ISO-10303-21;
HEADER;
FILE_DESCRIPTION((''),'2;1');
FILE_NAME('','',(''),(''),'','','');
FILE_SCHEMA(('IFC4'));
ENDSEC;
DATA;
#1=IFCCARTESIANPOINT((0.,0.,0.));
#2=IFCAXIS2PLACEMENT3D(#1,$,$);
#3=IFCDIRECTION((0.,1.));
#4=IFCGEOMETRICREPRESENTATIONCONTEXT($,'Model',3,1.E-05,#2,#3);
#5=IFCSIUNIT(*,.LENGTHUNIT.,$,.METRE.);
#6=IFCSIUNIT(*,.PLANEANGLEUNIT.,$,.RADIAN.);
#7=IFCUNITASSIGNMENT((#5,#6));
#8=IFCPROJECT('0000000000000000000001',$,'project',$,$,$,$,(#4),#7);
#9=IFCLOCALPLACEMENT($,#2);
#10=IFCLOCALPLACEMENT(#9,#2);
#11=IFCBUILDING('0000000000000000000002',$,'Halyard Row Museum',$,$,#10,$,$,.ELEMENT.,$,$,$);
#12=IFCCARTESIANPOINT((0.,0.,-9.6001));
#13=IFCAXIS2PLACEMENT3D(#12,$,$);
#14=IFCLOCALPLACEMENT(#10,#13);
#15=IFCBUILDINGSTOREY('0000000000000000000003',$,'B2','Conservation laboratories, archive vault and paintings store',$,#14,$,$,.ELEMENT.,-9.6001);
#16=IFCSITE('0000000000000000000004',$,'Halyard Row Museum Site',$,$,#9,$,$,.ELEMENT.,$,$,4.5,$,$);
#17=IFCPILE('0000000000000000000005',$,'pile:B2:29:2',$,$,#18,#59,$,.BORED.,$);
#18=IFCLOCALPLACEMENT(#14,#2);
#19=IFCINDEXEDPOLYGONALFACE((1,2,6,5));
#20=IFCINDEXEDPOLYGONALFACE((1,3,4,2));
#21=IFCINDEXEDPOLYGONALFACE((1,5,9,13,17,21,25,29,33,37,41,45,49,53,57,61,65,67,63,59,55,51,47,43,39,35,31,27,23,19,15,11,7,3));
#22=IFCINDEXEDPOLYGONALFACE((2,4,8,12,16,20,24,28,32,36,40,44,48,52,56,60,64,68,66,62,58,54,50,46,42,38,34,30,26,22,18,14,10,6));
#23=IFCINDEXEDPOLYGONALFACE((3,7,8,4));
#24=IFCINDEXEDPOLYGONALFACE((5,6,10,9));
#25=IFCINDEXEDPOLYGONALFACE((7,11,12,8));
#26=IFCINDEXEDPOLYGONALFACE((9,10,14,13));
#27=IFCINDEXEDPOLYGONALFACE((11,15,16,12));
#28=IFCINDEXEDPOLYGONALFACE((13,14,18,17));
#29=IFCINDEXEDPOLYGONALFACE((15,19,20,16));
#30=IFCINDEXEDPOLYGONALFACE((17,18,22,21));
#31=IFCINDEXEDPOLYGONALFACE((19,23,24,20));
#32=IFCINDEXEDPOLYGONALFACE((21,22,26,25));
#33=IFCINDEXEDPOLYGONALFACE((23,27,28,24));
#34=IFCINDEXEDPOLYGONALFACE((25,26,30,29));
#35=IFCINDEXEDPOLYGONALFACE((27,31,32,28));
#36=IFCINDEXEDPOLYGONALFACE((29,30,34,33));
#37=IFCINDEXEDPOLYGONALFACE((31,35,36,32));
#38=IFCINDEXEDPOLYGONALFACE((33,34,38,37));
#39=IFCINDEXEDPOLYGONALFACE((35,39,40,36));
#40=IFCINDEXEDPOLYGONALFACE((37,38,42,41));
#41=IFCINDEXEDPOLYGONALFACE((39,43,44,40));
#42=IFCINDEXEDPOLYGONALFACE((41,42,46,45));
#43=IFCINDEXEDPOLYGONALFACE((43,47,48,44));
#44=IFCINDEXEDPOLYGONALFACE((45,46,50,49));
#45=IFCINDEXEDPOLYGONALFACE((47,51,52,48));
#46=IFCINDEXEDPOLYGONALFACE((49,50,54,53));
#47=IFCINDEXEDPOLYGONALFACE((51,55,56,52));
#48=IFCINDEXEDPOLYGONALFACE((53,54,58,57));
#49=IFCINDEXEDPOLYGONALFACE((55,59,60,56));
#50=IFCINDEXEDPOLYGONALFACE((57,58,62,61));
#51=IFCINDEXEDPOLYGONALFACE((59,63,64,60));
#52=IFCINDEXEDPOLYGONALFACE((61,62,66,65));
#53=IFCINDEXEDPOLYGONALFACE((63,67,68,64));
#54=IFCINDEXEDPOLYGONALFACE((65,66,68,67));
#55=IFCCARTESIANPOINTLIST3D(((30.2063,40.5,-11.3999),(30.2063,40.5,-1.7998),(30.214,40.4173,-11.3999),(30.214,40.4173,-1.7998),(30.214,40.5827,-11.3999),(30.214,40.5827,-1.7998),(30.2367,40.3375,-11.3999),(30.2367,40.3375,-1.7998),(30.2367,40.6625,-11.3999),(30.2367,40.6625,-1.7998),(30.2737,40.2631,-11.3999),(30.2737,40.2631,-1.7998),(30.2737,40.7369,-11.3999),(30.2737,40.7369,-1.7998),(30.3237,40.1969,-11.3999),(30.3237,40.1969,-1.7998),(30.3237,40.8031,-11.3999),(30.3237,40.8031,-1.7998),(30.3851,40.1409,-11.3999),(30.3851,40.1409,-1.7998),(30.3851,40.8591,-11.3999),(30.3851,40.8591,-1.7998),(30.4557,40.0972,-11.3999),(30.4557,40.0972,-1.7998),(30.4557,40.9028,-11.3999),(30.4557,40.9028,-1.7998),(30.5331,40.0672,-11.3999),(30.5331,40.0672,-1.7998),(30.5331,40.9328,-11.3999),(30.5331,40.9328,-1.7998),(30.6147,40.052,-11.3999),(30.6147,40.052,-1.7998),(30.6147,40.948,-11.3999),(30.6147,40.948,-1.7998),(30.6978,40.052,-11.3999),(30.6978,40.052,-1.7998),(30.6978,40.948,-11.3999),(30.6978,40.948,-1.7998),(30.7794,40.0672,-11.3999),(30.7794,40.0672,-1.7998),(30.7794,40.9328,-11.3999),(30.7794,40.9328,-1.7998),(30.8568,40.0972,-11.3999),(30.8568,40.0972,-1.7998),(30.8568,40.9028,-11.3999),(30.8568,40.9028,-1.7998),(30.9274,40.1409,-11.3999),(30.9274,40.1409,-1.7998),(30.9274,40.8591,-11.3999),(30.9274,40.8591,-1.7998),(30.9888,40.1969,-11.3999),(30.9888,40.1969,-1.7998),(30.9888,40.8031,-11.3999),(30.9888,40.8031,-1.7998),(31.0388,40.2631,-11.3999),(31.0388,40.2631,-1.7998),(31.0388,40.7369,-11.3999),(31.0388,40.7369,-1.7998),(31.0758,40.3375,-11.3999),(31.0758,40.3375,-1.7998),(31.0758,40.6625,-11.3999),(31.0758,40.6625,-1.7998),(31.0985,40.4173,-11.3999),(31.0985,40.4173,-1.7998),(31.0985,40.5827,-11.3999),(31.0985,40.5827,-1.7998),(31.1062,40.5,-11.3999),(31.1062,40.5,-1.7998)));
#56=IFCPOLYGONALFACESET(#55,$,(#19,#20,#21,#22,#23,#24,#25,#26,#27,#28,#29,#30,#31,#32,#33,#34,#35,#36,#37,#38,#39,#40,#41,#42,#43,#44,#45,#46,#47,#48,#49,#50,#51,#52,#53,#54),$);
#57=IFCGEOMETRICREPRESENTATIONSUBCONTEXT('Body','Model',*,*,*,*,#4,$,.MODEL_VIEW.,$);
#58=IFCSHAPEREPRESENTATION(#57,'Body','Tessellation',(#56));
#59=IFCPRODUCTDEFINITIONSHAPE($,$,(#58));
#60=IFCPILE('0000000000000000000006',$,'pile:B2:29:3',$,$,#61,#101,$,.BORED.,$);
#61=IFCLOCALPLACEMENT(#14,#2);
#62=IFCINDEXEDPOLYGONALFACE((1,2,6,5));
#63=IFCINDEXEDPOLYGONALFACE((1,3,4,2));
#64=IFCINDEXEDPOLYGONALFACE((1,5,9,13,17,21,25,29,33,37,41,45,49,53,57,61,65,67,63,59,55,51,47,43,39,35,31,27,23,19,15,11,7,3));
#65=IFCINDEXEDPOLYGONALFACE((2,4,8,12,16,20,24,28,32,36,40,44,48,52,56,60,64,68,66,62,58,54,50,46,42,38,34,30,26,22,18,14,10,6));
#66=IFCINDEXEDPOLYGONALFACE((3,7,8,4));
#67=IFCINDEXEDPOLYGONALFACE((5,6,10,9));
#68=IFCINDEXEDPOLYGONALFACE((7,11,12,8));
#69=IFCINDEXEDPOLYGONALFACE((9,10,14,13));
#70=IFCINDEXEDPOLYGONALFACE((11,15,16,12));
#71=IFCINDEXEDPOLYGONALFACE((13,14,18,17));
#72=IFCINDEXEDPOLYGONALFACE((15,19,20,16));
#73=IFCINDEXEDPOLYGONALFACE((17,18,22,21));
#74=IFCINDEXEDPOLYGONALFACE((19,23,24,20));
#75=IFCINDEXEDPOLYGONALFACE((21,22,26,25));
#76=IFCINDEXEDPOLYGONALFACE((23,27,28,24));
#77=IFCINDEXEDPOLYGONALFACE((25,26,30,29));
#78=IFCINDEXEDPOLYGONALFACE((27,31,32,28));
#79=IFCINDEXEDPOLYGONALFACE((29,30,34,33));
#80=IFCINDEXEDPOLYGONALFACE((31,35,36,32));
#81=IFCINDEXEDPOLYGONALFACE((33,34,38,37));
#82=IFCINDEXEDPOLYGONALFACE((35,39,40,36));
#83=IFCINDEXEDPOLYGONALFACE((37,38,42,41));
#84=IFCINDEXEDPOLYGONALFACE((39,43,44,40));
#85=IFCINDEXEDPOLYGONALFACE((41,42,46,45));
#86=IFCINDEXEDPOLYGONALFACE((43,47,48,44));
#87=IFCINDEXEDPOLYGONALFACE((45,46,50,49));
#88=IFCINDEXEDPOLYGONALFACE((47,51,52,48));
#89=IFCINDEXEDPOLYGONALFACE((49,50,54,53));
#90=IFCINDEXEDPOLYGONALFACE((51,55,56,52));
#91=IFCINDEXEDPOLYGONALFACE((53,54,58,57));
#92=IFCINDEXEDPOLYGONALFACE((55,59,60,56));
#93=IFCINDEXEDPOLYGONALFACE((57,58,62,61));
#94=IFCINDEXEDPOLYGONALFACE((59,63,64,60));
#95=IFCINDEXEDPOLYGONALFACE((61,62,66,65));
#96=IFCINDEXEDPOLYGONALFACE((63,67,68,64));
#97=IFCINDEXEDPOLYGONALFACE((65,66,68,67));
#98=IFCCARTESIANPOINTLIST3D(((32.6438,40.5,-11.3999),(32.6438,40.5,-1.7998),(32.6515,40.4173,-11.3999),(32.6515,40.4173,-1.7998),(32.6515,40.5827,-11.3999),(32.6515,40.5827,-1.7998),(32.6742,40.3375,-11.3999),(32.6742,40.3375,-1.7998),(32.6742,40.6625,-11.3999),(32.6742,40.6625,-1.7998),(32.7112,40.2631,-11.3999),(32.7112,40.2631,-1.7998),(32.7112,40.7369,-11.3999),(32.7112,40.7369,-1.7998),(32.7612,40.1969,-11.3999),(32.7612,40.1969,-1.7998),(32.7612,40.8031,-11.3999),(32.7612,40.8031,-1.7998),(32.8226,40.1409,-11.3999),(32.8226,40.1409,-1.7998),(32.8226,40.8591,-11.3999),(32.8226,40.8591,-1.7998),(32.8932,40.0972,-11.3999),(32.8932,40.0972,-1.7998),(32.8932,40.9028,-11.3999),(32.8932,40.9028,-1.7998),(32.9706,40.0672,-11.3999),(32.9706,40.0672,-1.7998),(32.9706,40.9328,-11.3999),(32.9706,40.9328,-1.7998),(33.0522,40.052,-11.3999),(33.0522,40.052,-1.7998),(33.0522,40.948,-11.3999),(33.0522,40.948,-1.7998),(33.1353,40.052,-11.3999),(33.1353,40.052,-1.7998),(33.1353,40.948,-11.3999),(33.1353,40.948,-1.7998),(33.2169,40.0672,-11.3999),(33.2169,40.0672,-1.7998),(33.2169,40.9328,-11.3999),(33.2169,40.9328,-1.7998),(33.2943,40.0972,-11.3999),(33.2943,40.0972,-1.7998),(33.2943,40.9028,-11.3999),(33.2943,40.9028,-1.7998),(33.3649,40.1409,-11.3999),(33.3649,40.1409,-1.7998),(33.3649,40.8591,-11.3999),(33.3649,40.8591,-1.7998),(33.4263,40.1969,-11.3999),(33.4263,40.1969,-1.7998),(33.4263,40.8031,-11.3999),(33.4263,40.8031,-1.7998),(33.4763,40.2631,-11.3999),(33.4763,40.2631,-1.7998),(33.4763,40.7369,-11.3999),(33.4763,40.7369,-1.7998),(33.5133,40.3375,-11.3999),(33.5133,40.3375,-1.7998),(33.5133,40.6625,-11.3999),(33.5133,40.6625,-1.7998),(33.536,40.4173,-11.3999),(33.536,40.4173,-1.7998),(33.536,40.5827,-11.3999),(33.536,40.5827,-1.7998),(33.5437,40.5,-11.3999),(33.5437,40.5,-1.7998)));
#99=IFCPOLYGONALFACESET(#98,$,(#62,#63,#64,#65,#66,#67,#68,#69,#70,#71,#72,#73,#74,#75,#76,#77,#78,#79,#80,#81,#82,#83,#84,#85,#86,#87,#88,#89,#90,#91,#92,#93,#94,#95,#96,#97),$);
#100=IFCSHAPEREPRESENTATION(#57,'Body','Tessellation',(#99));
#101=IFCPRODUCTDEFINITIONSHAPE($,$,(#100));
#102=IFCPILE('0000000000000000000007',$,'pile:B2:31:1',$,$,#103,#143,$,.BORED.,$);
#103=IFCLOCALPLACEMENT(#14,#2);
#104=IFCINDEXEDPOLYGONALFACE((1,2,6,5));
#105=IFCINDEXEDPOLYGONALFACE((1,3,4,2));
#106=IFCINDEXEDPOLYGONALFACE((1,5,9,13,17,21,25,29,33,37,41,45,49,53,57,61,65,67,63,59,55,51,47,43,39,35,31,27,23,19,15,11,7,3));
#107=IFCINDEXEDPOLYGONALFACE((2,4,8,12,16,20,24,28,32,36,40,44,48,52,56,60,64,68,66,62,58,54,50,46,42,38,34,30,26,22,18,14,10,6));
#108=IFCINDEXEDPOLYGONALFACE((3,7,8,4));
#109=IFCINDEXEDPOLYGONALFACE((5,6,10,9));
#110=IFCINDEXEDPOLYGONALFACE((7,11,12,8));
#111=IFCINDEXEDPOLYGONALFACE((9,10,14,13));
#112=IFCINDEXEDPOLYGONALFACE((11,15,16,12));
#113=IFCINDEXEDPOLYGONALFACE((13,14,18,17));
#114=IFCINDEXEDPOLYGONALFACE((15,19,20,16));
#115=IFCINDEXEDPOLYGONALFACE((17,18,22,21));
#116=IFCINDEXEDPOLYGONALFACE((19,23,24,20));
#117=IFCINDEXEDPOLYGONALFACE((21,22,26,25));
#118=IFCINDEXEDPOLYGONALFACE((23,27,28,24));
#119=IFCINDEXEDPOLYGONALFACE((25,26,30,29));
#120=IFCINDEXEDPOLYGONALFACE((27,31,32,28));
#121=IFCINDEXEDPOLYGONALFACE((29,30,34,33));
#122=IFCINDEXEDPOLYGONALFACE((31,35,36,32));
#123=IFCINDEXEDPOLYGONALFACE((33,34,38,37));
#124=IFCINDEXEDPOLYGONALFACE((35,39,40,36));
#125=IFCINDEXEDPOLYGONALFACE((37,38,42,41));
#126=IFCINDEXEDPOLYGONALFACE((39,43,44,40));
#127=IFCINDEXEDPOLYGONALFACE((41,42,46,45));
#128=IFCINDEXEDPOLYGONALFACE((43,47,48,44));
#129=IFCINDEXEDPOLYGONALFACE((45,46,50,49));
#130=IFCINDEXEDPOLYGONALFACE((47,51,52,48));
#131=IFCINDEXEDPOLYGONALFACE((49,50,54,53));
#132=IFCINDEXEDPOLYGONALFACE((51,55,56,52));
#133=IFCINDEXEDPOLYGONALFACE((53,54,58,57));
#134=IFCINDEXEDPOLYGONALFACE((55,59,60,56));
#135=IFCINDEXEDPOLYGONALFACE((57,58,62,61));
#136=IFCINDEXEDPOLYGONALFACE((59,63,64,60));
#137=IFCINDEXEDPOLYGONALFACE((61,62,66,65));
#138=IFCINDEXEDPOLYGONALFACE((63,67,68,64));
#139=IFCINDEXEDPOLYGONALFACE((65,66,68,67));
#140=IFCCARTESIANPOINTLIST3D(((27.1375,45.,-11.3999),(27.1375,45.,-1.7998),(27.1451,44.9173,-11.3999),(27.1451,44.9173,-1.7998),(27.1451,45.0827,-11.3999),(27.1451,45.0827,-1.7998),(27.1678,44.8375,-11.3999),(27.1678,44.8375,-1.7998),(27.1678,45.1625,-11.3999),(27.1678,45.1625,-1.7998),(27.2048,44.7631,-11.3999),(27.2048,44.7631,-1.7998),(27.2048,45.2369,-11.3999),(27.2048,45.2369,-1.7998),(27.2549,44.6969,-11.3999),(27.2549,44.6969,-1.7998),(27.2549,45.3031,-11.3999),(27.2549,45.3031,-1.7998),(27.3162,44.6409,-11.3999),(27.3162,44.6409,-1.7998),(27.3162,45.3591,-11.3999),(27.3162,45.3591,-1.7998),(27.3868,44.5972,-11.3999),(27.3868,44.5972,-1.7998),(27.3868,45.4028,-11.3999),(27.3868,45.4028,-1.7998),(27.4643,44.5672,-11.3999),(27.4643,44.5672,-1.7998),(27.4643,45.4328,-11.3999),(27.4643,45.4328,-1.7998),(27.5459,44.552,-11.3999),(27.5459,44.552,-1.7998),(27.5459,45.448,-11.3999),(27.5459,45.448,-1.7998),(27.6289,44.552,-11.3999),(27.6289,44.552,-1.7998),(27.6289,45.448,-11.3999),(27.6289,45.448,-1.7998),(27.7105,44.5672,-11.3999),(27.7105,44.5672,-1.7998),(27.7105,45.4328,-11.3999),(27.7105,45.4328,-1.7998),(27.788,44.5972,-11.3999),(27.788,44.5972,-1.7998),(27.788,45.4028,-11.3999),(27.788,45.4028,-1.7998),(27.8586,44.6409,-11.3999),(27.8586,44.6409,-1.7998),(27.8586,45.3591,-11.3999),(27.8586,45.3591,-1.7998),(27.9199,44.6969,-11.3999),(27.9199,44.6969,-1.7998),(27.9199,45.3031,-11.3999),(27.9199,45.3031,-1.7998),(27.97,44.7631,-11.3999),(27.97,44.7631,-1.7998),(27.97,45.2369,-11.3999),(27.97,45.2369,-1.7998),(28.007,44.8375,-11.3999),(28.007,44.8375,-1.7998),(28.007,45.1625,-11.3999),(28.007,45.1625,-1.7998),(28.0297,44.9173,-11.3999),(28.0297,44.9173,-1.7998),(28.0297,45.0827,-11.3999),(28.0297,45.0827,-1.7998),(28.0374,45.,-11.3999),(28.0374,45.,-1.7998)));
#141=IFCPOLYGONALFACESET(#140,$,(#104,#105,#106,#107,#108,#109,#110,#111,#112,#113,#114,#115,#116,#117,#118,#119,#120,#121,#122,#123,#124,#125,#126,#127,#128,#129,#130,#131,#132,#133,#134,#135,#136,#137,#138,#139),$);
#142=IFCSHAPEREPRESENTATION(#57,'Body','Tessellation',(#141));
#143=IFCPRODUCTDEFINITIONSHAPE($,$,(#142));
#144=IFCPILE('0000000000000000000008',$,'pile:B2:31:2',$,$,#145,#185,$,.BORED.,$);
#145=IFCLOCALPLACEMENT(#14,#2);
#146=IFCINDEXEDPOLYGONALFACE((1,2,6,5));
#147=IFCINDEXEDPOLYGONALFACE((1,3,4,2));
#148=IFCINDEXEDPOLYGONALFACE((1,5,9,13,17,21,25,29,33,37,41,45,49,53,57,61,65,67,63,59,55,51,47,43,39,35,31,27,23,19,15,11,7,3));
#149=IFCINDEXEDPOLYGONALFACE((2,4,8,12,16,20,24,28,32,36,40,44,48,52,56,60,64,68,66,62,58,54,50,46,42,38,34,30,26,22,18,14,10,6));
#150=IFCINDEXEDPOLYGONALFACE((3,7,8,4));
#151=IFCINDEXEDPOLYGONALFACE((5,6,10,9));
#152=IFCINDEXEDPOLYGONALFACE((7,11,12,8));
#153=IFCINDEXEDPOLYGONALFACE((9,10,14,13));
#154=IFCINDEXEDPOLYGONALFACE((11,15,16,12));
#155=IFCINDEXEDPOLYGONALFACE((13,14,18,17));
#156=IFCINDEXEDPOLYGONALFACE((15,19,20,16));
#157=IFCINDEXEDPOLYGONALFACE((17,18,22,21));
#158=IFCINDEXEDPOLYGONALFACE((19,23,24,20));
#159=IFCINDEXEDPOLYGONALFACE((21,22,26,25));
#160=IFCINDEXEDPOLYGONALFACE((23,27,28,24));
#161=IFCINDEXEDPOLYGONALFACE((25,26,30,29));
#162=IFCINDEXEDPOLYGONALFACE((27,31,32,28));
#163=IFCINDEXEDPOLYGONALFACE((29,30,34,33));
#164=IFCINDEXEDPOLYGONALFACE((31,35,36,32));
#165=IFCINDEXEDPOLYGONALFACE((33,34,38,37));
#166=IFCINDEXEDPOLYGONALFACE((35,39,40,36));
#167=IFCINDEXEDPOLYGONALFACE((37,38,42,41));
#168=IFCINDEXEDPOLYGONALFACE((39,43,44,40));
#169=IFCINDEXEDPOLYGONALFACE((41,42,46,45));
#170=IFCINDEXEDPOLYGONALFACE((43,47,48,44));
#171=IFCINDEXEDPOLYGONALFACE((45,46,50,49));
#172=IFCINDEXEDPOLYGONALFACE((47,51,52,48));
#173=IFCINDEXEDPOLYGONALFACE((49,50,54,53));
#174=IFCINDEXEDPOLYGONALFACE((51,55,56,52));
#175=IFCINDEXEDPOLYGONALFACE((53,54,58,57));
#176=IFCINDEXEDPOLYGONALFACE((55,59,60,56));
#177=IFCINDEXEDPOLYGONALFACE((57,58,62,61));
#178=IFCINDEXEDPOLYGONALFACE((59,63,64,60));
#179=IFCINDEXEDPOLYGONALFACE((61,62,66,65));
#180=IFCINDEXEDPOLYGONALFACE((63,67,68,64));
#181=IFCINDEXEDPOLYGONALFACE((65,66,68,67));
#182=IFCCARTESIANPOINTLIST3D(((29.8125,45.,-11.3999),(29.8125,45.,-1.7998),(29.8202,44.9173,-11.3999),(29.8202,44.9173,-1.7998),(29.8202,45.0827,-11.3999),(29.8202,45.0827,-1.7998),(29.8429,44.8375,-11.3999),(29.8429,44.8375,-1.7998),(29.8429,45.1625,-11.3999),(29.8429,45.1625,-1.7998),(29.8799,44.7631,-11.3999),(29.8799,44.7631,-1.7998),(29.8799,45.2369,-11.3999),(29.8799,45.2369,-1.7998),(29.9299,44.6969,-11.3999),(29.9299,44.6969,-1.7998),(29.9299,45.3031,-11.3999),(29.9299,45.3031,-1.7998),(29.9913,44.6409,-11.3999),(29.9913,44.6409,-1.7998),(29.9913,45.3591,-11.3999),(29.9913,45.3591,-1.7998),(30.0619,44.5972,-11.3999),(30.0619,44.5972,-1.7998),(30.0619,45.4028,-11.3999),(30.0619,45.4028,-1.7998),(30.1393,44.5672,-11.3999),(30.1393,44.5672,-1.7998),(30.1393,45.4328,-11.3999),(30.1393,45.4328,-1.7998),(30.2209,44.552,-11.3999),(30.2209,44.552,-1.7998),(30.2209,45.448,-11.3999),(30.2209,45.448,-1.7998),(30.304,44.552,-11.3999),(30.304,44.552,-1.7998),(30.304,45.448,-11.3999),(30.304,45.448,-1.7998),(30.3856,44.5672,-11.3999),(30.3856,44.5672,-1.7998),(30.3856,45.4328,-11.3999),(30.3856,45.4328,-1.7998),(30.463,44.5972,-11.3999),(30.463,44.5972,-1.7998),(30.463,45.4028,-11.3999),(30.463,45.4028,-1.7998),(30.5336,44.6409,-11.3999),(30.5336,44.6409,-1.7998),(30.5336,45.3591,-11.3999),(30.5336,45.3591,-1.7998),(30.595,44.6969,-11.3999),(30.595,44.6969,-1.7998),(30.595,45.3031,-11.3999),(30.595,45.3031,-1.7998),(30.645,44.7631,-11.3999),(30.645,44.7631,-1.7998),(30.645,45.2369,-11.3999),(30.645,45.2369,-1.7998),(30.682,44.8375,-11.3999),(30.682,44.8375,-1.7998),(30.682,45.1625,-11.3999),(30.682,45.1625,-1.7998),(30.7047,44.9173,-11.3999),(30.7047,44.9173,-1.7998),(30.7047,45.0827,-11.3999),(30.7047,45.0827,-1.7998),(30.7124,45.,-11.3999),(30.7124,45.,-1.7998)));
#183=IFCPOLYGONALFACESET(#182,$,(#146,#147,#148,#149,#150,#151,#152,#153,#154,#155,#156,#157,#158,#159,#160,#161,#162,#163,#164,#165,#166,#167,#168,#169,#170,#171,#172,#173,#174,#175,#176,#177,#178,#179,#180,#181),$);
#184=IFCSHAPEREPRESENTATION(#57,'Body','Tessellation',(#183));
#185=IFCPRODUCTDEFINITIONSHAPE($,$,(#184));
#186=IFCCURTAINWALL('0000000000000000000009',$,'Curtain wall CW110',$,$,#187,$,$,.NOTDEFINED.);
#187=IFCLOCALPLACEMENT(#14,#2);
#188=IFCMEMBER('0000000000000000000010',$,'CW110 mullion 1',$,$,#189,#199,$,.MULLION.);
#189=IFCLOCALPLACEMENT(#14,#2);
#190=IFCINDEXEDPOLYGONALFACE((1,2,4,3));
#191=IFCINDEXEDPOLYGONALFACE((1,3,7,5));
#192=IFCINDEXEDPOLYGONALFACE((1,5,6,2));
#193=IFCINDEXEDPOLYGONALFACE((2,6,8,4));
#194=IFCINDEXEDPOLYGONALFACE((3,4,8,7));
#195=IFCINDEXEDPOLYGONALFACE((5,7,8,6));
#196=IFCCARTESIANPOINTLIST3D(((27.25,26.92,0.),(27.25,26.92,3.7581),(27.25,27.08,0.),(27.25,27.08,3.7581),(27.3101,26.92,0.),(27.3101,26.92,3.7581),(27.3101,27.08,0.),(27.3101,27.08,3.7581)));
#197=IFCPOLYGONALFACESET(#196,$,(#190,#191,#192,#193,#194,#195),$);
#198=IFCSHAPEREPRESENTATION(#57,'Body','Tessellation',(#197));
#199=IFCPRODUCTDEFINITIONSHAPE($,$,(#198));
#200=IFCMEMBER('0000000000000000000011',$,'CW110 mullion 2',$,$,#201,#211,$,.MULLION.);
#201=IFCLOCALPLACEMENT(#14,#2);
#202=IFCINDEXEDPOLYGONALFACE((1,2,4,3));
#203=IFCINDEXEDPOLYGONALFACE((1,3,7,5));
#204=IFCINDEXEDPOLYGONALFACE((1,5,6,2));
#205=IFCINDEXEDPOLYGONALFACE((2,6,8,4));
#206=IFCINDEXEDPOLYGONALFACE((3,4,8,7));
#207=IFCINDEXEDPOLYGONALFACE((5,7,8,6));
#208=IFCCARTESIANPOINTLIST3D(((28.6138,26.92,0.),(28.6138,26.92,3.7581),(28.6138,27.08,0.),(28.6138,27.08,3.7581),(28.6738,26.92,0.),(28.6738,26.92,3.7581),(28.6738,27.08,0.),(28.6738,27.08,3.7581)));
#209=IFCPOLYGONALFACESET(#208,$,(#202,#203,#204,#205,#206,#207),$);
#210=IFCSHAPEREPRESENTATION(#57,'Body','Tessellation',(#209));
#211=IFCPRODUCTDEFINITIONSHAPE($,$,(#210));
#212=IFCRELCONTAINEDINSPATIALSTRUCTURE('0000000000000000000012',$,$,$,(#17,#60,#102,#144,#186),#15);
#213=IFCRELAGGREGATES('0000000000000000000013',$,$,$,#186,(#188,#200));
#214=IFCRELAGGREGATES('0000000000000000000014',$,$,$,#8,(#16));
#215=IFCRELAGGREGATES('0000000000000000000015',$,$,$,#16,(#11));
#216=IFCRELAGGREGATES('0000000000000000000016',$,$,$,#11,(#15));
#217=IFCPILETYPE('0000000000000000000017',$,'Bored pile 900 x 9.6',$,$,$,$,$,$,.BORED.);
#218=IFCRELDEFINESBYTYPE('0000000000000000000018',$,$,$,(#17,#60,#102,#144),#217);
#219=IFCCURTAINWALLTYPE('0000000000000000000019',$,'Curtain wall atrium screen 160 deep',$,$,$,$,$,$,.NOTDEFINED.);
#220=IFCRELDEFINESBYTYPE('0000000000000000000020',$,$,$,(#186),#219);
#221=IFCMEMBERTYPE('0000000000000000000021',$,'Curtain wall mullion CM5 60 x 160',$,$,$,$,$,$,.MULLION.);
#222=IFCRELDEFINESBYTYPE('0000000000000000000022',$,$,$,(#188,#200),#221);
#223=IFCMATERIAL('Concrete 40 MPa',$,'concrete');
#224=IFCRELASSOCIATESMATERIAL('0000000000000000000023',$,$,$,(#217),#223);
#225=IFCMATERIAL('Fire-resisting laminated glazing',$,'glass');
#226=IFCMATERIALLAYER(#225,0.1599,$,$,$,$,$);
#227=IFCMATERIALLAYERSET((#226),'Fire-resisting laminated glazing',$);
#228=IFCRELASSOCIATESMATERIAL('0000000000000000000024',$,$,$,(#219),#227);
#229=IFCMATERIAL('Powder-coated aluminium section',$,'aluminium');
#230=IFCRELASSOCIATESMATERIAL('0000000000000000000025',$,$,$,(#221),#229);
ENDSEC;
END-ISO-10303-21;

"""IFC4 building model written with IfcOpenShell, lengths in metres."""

from ifc_helpers import new_model, si_unit, direction, frame, origin, origin_2d, place, context, subcontext, project, spatial, rectangle, circle, extrude, material, layer, layer_set, material_profile, profile_set, type_object, element, aggregate, save


model = new_model("IFC4")

# Units and contexts
model_context = context("Model", 3, precision=1e-05, world=origin(), true_north=direction((0.0, 1.0)))
body_context = subcontext(model_context, "Body", "Model", "MODEL_VIEW")
ifc_project = project(units=[si_unit("LENGTHUNIT", "METRE"), si_unit("PLANEANGLEUNIT", "RADIAN")], contexts=[model_context])

# Site, building, storey
site_placement = place(None, origin())
site = spatial("IfcSite", under=ifc_project, at=site_placement, Name="Halyard Row Museum Site", CompositionType="ELEMENT", RefElevation=4.5)
building_placement = place(site_placement, origin())
building = spatial("IfcBuilding", under=site, at=building_placement, Name="Halyard Row Museum", CompositionType="ELEMENT")
storey_placement = place(building_placement, frame((0.0, 0.0, -9.6001)))
storey = spatial("IfcBuildingStorey", under=building, at=storey_placement, Name="B2", Description="Conservation laboratories, archive vault and paintings store", CompositionType="ELEMENT", Elevation=-9.6001)

# Piles
ifc_material_1 = material(Name="Concrete 40 MPa", Category="concrete")
ifc_material_profile_1 = material_profile(ifc_material_1, circle(Radius=0.45, at=origin_2d()), Name="Bored pile 900 x 9.6")
ifc_profile_set_1 = profile_set([ifc_material_profile_1], Name="Concrete 40 MPa")
pile_type_1 = type_object("IfcPileType", Name="Bored pile 900 x 9.6", PredefinedType="BORED", material=ifc_profile_set_1)
for number, where, z_axis, x_axis, name in (
    (1, (30.6562, 40.5, -1.7998), (0.0, 0.0, -1.0), (1.0, 0.0, 0.0), "pile:B2:29:2"),
    (2, (33.0938, 40.5, -1.7998), (0.0, 0.0, -1.0), (1.0, 0.0, 0.0), "pile:B2:29:3"),
    (3, (27.5874, 45.0, -1.7998), (0.0, 0.0, -1.0), (1.0, 0.0, 0.0), "pile:B2:31:1"),
    (4, (30.2625, 45.0, -1.7998), (0.0, 0.0, -1.0), (1.0, 0.0, 0.0), "pile:B2:31:2"),
):
    element("IfcPile", number, at=place(storey_placement, frame(where, z_axis=z_axis, x_axis=x_axis)), inside=storey, type_object=pile_type_1, Name=name, PredefinedType="BORED", context=body_context, shape_type="SweptSolid", body=[
        extrude(circle(Radius=0.45, at=origin_2d()), origin(), (0.0, 0.0, 1.0), 9.6001),
    ])

# Curtain wall, members
ifc_material_2 = material(Name="Fire-resisting laminated glazing", Category="glass")
ifc_layer_1 = layer(ifc_material_2, 0.1599)
ifc_layer_set_1 = layer_set([ifc_layer_1], Name="Fire-resisting laminated glazing")
curtain_wall_type = type_object("IfcCurtainWallType", Name="Curtain wall atrium screen 160 deep", PredefinedType="NOTDEFINED", material=ifc_layer_set_1)
curtain_wall_1_placement = place(storey_placement, origin())
curtain_wall_1 = element("IfcCurtainWall", 5, at=curtain_wall_1_placement, inside=storey, type_object=curtain_wall_type, Name="Curtain wall CW110", PredefinedType="NOTDEFINED")
ifc_material_3 = material(Name="Powder-coated aluminium section", Category="aluminium")
ifc_material_profile_2 = material_profile(ifc_material_3, rectangle(XDim=0.1599, YDim=0.0601, at=origin_2d()), Name="160x60 mullion")
ifc_profile_set_2 = profile_set([ifc_material_profile_2], Name="Powder-coated aluminium section")
member_type_1 = type_object("IfcMemberType", Name="Curtain wall mullion CM5 60 x 160", PredefinedType="MULLION", material=ifc_profile_set_2)
member_1_placement = place(storey_placement, frame((27.28, 27.0, 0.0), z_axis=(0.0, 0.0, 1.0), x_axis=(0.0, 1.0, 0.0)))
member_1 = element("IfcMember", 6, at=member_1_placement, type_object=member_type_1, Name="CW110 mullion 1", PredefinedType="MULLION", context=body_context, shape_type="SweptSolid", body=[
    extrude(rectangle(XDim=0.1599, YDim=0.0601, at=origin_2d()), origin(), (0.0, 0.0, 1.0), 3.7581),
])
member_2_placement = place(storey_placement, frame((28.6438, 27.0, 0.0), z_axis=(0.0, 0.0, 1.0), x_axis=(0.0, 1.0, 0.0)))
member_2 = element("IfcMember", 7, at=member_2_placement, type_object=member_type_1, Name="CW110 mullion 2", PredefinedType="MULLION", context=body_context, shape_type="SweptSolid", body=[
    extrude(rectangle(XDim=0.1599, YDim=0.0601, at=origin_2d()), origin(), (0.0, 0.0, 1.0), 3.7581),
])

aggregate(curtain_wall_1, [member_1, member_2])

save(model, "model.ifc")
